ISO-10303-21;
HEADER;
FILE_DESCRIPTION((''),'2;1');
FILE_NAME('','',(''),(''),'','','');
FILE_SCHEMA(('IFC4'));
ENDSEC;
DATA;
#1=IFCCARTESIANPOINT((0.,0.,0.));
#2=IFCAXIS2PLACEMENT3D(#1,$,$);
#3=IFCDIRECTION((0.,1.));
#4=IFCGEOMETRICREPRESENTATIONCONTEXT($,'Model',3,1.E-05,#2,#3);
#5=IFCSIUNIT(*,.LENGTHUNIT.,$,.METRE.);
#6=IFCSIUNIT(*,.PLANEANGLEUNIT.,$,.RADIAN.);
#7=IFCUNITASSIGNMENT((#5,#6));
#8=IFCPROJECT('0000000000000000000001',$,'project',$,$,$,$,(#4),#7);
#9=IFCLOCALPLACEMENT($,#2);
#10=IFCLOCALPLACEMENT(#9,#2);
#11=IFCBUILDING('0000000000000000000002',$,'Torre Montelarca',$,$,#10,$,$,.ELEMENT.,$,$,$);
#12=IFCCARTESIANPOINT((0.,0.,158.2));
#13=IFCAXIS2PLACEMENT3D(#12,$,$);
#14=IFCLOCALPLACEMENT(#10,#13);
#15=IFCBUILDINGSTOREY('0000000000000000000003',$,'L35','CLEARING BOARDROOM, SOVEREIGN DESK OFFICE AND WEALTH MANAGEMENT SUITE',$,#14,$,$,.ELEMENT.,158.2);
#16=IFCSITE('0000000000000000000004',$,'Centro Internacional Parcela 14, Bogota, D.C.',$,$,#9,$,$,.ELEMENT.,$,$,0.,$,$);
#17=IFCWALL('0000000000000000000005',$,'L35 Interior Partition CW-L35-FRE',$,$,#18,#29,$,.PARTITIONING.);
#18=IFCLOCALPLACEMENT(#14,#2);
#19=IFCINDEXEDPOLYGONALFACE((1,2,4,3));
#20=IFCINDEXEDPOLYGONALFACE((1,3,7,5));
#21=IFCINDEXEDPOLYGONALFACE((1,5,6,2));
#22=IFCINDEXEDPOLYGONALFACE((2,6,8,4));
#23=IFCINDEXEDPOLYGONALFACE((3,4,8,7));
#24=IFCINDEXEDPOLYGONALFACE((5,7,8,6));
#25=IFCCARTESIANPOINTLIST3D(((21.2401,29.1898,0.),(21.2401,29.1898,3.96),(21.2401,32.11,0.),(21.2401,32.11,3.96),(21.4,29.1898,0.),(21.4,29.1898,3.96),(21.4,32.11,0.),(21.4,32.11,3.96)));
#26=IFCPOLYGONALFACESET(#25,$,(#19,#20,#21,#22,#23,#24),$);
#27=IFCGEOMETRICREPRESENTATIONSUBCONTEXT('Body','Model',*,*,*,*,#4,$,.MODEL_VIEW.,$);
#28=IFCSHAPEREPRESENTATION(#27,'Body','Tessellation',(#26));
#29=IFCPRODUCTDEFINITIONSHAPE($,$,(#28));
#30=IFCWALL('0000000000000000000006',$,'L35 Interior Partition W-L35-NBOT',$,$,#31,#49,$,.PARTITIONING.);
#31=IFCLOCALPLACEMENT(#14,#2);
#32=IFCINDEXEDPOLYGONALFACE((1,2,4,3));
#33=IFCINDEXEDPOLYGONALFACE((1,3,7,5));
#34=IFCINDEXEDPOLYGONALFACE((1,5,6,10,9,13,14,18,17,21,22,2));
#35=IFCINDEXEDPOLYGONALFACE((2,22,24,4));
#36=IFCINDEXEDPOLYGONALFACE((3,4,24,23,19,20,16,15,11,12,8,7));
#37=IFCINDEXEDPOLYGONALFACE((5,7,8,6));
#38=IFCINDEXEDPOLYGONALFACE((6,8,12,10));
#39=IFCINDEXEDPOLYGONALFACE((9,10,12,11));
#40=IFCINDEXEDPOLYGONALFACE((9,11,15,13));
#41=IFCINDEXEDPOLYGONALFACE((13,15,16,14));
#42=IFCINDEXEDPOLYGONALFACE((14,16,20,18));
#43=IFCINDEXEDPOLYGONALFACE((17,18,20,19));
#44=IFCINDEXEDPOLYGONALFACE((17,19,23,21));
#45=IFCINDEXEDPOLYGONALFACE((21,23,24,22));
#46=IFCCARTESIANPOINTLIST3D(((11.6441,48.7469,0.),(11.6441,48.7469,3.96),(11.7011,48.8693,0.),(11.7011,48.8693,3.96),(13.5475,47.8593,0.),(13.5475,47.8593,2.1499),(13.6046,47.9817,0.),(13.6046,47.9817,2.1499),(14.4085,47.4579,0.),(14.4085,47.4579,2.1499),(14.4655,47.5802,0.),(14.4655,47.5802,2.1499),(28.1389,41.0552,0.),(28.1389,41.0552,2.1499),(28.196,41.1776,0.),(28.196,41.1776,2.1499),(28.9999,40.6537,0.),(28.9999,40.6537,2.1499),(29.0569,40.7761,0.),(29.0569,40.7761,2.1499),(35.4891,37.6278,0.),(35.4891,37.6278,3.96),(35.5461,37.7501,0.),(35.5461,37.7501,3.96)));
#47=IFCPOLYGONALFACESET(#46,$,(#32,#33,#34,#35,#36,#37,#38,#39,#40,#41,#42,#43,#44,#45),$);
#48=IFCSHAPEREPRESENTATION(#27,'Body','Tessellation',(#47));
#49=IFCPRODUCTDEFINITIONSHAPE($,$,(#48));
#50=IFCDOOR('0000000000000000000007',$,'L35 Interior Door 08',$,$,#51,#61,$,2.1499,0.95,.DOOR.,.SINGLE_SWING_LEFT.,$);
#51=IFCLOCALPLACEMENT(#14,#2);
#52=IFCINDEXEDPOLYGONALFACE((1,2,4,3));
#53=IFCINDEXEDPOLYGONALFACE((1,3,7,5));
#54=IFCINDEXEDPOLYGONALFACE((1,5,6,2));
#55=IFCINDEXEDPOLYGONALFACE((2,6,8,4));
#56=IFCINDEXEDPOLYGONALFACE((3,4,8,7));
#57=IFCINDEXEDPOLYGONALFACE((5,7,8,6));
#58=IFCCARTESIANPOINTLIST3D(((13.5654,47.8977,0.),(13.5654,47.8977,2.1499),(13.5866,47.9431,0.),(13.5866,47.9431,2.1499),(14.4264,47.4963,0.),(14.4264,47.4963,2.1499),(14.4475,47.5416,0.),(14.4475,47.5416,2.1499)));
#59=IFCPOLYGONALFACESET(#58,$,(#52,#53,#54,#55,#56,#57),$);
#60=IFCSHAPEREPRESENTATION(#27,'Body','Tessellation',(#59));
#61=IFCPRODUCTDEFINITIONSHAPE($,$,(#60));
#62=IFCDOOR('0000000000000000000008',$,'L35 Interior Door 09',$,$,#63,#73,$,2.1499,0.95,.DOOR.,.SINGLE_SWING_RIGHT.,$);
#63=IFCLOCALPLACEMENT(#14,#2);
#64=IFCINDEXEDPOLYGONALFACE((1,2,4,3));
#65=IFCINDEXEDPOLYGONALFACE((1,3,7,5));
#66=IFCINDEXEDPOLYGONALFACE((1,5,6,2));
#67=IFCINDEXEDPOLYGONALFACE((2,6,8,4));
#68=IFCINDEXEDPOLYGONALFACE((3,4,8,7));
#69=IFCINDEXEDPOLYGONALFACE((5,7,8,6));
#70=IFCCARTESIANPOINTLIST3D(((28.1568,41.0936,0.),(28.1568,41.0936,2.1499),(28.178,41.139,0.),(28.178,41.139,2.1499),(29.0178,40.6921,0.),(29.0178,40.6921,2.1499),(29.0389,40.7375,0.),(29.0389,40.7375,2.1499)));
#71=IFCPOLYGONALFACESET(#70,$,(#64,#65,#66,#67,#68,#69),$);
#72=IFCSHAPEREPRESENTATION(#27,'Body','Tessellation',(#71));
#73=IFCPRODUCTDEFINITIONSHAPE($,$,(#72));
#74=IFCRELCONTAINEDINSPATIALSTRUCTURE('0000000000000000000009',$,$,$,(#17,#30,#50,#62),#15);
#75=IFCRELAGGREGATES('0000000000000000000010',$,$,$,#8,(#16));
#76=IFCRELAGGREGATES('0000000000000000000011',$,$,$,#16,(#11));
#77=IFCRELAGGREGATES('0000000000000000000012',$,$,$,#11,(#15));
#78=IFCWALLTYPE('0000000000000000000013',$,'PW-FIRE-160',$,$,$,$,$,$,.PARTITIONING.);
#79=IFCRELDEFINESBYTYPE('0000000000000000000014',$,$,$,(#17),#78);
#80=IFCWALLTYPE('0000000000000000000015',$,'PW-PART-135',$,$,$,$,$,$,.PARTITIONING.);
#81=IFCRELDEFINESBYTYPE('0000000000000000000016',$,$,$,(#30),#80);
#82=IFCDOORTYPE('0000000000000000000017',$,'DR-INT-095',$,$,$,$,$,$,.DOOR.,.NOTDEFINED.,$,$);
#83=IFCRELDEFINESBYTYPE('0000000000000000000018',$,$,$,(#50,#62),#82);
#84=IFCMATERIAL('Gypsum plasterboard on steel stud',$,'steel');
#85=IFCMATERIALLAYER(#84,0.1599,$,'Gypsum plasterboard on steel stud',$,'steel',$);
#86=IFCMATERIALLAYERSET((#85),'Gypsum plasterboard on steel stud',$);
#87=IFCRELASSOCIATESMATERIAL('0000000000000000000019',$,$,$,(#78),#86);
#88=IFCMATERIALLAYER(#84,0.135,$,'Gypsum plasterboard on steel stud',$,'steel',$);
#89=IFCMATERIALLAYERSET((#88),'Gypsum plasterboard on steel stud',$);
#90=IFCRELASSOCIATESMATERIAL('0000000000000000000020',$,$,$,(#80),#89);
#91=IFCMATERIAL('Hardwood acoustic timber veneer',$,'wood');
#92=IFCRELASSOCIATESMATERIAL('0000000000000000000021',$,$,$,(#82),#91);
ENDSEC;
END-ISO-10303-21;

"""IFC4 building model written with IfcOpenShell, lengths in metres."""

from ifc_helpers import new_model, si_unit, direction, frame, frame_2d, origin, place, context, subcontext, project, spatial, rectangle, extrude, source, transform, mapped, material, layer, layer_set, type_object, element, fill, save


model = new_model("IFC4")

# Units and contexts
model_context = context("Model", 3, precision=1e-05, world=origin(), true_north=direction((0.0, 1.0)))
body_context = subcontext(model_context, "Body", "Model", "MODEL_VIEW")
ifc_project = project(units=[si_unit("LENGTHUNIT", "METRE"), si_unit("PLANEANGLEUNIT", "RADIAN")], contexts=[model_context])

# Site, building, storey
site_placement = place(None, origin())
site = spatial("IfcSite", under=ifc_project, at=site_placement, Name="Centro Internacional Parcela 14, Bogota, D.C.", CompositionType="ELEMENT", RefElevation=0.0)
building_placement = place(site_placement, origin())
building = spatial("IfcBuilding", under=site, at=building_placement, Name="Torre Montelarca", CompositionType="ELEMENT")
storey_placement = place(building_placement, frame((0.0, 0.0, 158.2)))
storey = spatial("IfcBuildingStorey", under=building, at=storey_placement, Name="L35", Description="CLEARING BOARDROOM, SOVEREIGN DESK OFFICE AND WEALTH MANAGEMENT SUITE", CompositionType="ELEMENT", Elevation=158.2)

# Shared definitions
ifc_material_1 = material(Name="Gypsum plasterboard on steel stud", Category="steel")
ifc_layer_1 = layer(ifc_material_1, 0.1599, Name="Gypsum plasterboard on steel stud", Category="steel")
ifc_layer_set_1 = layer_set([ifc_layer_1], Name="Gypsum plasterboard on steel stud")
wall_type_1 = type_object("IfcWallType", Name="PW-FIRE-160", PredefinedType="PARTITIONING", material=ifc_layer_set_1)

# Wall
wall_1_placement = place(storey_placement, frame((21.3201, 29.1899, 0.0), z_axis=(0.0, 0.0, 1.0), x_axis=(0.0, 1.0, 0.0)))
element("IfcWall", 1, at=wall_1_placement, inside=storey, type_object=wall_type_1, Name="L35 Interior Partition CW-L35-FRE", PredefinedType="PARTITIONING", context=body_context, shape_type="SweptSolid", body=[
    extrude(rectangle(XDim=2.9202, YDim=0.1599, at=frame_2d((1.46, 0.0))), origin(), (0.0, 0.0, 1.0), 3.96),
])

# Wall, openings, doors
ifc_layer_2 = layer(ifc_material_1, 0.135, Name="Gypsum plasterboard on steel stud", Category="steel")
ifc_layer_set_2 = layer_set([ifc_layer_2], Name="Gypsum plasterboard on steel stud")
wall_type_2 = type_object("IfcWallType", Name="PW-PART-135", PredefinedType="PARTITIONING", material=ifc_layer_set_2)
wall_2_placement = place(storey_placement, frame((11.6726, 48.8081, 0.0), z_axis=(0.0, 0.0, 1.0), x_axis=(0.906307, -0.42262, 0.0)))
wall_2 = element("IfcWall", 2, at=wall_2_placement, inside=storey, type_object=wall_type_2, Name="L35 Interior Partition W-L35-NBOT", PredefinedType="PARTITIONING", context=body_context, shape_type="SweptSolid", body=[
    extrude(rectangle(XDim=26.3101, YDim=0.135, at=frame_2d((13.155, 0.0))), origin(), (0.0, 0.0, 1.0), 3.96),
])
opening_1_placement = place(wall_2_placement, frame((2.1001, 0.0, 0.0)))
opening_1 = element("IfcOpeningElement", 3, at=opening_1_placement, cuts=wall_2, PredefinedType="OPENING", context=body_context, shape_type="SweptSolid", body=[
    extrude(rectangle(XDim=0.95, YDim=2.1499, at=frame_2d((0.4751, 1.075))), frame((0.0, 0.0776, 0.0), z_axis=(0.0, -1.0, 0.0), x_axis=(1.0, 0.0, 0.0)), (0.0, 0.0, 1.0), 0.155),
])
opening_2_placement = place(wall_2_placement, frame((18.2, 0.0, 0.0)))
opening_2 = element("IfcOpeningElement", 4, at=opening_2_placement, cuts=wall_2, PredefinedType="OPENING", context=body_context, shape_type="SweptSolid", body=[
    extrude(rectangle(XDim=0.95, YDim=2.1499, at=frame_2d((0.4751, 1.075))), frame((0.0, 0.0776, 0.0), z_axis=(0.0, -1.0, 0.0), x_axis=(1.0, 0.0, 0.0)), (0.0, 0.0, 1.0), 0.155),
])
ifc_material_2 = material(Name="Hardwood acoustic timber veneer", Category="wood")
door_type_1 = type_object("IfcDoorType", Name="DR-INT-095", OperationType="NOTDEFINED", PredefinedType="DOOR", material=ifc_material_2)
shared_shape_1 = source(origin(), body_context, "Body", "SweptSolid", [
    extrude(rectangle(XDim=0.95, YDim=2.1499, at=frame_2d((0.4751, 1.075))), frame((0.0, 0.0249, 0.0), z_axis=(0.0, -1.0, 0.0), x_axis=(1.0, 0.0, 0.0)), (0.0, 0.0, 1.0), 0.05),
])
door_1_placement = place(opening_1_placement, origin())
door_1 = element("IfcDoor", 5, at=door_1_placement, inside=storey, type_object=door_type_1, Name="L35 Interior Door 08", OperationType="SINGLE_SWING_LEFT", OverallHeight=2.1499, OverallWidth=0.95, PredefinedType="DOOR", context=body_context, shape_type="MappedRepresentation", body=[
    mapped(shared_shape_1, transform((0.0, 0.0, 0.0), scale=1.0)),
])
fill(opening_1, door_1)
door_2_placement = place(opening_2_placement, origin())
door_2 = element("IfcDoor", 6, at=door_2_placement, inside=storey, type_object=door_type_1, Name="L35 Interior Door 09", OperationType="SINGLE_SWING_RIGHT", OverallHeight=2.1499, OverallWidth=0.95, PredefinedType="DOOR", context=body_context, shape_type="MappedRepresentation", body=[
    mapped(shared_shape_1, transform((0.0, 0.0, 0.0), scale=1.0)),
])
fill(opening_2, door_2)

save(model, "model.ifc")
